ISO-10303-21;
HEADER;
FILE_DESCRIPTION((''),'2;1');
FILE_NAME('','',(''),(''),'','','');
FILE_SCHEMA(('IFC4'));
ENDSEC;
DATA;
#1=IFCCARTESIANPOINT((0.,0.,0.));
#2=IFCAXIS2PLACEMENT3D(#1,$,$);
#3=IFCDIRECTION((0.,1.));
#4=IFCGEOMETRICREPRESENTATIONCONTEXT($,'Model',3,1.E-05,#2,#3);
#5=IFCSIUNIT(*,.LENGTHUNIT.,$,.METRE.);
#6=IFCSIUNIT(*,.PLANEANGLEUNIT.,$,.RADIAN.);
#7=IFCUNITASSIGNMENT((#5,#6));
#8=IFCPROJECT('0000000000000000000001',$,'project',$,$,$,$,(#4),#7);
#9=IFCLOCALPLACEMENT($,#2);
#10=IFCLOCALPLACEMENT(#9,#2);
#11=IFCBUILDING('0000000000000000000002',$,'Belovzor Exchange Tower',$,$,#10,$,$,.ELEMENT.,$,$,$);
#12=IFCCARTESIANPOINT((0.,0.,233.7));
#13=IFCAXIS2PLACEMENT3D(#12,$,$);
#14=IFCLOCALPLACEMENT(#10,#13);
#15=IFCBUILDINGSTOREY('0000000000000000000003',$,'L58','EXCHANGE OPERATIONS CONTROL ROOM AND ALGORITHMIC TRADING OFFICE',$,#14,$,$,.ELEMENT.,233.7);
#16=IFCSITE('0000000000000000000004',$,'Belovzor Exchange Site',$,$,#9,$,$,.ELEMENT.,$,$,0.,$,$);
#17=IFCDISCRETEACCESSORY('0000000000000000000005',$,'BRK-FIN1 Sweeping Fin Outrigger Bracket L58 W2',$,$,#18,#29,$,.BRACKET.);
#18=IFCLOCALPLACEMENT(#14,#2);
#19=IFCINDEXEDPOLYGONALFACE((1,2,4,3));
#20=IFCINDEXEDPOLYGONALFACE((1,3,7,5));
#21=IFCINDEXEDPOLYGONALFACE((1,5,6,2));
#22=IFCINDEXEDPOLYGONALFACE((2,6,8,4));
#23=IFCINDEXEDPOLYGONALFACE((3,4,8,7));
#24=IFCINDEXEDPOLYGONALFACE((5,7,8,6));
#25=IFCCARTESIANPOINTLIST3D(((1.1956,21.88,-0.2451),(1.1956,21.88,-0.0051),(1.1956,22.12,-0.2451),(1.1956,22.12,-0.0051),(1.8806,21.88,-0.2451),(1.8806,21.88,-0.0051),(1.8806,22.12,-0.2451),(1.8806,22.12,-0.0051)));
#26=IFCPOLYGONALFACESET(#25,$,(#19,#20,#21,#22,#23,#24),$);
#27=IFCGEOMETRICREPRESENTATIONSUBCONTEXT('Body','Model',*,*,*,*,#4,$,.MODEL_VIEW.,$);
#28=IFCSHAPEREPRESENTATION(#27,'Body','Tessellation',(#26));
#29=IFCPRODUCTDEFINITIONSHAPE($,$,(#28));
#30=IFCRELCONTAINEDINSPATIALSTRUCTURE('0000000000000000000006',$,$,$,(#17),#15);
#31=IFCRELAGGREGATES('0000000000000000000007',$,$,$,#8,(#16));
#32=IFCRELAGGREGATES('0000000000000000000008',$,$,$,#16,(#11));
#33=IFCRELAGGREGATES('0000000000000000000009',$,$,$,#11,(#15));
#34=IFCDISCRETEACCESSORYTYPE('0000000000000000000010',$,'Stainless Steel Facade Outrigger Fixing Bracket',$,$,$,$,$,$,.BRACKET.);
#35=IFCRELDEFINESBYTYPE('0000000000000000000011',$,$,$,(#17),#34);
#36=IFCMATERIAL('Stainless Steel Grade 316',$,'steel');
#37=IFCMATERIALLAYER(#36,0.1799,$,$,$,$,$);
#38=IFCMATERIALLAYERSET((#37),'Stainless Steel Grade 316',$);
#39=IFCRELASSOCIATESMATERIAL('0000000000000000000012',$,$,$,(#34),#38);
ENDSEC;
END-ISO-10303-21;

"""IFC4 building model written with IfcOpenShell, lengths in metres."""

from ifc_helpers import new_model, si_unit, direction, frame, origin, origin_2d, place, context, subcontext, project, spatial, rectangle, extrude, material, layer, layer_set, type_object, element, save


model = new_model("IFC4")

# Units and contexts
model_context = context("Model", 3, precision=1e-05, world=origin(), true_north=direction((0.0, 1.0)))
body_context = subcontext(model_context, "Body", "Model", "MODEL_VIEW")
ifc_project = project(units=[si_unit("LENGTHUNIT", "METRE"), si_unit("PLANEANGLEUNIT", "RADIAN")], contexts=[model_context])

# Site, building, storey
site_placement = place(None, origin())
site = spatial("IfcSite", under=ifc_project, at=site_placement, Name="Belovzor Exchange Site", CompositionType="ELEMENT", RefElevation=0.0)
building_placement = place(site_placement, origin())
building = spatial("IfcBuilding", under=site, at=building_placement, Name="Belovzor Exchange Tower", CompositionType="ELEMENT")
storey_placement = place(building_placement, frame((0.0, 0.0, 233.7)))
storey = spatial("IfcBuildingStorey", under=building, at=storey_placement, Name="L58", Description="EXCHANGE OPERATIONS CONTROL ROOM AND ALGORITHMIC TRADING OFFICE", CompositionType="ELEMENT", Elevation=233.7)

# Discrete accessory
ifc_material_1 = material(Name="Stainless Steel Grade 316", Category="steel")
ifc_layer_1 = layer(ifc_material_1, 0.1799)
ifc_layer_set_1 = layer_set([ifc_layer_1], Name="Stainless Steel Grade 316")
discrete_accessory_type = type_object("IfcDiscreteAccessoryType", Name="Stainless Steel Facade Outrigger Fixing Bracket", PredefinedType="BRACKET", material=ifc_layer_set_1)
for number, where, z_axis, x_axis, name in (
    (1, (1.5381, 22.0, -0.2451), (0.0, 0.0, 1.0), (1.0, 0.0, 0.0), "BRK-FIN1 Sweeping Fin Outrigger Bracket L58 W2"),
):
    element("IfcDiscreteAccessory", number, at=place(storey_placement, frame(where, z_axis=z_axis, x_axis=x_axis)), inside=storey, type_object=discrete_accessory_type, Name=name, PredefinedType="BRACKET", context=body_context, shape_type="SweptSolid", body=[
        extrude(rectangle(XDim=0.6851, YDim=0.24, at=origin_2d()), origin(), (0.0, 0.0, 1.0), 0.24),
    ])

save(model, "model.ifc")
